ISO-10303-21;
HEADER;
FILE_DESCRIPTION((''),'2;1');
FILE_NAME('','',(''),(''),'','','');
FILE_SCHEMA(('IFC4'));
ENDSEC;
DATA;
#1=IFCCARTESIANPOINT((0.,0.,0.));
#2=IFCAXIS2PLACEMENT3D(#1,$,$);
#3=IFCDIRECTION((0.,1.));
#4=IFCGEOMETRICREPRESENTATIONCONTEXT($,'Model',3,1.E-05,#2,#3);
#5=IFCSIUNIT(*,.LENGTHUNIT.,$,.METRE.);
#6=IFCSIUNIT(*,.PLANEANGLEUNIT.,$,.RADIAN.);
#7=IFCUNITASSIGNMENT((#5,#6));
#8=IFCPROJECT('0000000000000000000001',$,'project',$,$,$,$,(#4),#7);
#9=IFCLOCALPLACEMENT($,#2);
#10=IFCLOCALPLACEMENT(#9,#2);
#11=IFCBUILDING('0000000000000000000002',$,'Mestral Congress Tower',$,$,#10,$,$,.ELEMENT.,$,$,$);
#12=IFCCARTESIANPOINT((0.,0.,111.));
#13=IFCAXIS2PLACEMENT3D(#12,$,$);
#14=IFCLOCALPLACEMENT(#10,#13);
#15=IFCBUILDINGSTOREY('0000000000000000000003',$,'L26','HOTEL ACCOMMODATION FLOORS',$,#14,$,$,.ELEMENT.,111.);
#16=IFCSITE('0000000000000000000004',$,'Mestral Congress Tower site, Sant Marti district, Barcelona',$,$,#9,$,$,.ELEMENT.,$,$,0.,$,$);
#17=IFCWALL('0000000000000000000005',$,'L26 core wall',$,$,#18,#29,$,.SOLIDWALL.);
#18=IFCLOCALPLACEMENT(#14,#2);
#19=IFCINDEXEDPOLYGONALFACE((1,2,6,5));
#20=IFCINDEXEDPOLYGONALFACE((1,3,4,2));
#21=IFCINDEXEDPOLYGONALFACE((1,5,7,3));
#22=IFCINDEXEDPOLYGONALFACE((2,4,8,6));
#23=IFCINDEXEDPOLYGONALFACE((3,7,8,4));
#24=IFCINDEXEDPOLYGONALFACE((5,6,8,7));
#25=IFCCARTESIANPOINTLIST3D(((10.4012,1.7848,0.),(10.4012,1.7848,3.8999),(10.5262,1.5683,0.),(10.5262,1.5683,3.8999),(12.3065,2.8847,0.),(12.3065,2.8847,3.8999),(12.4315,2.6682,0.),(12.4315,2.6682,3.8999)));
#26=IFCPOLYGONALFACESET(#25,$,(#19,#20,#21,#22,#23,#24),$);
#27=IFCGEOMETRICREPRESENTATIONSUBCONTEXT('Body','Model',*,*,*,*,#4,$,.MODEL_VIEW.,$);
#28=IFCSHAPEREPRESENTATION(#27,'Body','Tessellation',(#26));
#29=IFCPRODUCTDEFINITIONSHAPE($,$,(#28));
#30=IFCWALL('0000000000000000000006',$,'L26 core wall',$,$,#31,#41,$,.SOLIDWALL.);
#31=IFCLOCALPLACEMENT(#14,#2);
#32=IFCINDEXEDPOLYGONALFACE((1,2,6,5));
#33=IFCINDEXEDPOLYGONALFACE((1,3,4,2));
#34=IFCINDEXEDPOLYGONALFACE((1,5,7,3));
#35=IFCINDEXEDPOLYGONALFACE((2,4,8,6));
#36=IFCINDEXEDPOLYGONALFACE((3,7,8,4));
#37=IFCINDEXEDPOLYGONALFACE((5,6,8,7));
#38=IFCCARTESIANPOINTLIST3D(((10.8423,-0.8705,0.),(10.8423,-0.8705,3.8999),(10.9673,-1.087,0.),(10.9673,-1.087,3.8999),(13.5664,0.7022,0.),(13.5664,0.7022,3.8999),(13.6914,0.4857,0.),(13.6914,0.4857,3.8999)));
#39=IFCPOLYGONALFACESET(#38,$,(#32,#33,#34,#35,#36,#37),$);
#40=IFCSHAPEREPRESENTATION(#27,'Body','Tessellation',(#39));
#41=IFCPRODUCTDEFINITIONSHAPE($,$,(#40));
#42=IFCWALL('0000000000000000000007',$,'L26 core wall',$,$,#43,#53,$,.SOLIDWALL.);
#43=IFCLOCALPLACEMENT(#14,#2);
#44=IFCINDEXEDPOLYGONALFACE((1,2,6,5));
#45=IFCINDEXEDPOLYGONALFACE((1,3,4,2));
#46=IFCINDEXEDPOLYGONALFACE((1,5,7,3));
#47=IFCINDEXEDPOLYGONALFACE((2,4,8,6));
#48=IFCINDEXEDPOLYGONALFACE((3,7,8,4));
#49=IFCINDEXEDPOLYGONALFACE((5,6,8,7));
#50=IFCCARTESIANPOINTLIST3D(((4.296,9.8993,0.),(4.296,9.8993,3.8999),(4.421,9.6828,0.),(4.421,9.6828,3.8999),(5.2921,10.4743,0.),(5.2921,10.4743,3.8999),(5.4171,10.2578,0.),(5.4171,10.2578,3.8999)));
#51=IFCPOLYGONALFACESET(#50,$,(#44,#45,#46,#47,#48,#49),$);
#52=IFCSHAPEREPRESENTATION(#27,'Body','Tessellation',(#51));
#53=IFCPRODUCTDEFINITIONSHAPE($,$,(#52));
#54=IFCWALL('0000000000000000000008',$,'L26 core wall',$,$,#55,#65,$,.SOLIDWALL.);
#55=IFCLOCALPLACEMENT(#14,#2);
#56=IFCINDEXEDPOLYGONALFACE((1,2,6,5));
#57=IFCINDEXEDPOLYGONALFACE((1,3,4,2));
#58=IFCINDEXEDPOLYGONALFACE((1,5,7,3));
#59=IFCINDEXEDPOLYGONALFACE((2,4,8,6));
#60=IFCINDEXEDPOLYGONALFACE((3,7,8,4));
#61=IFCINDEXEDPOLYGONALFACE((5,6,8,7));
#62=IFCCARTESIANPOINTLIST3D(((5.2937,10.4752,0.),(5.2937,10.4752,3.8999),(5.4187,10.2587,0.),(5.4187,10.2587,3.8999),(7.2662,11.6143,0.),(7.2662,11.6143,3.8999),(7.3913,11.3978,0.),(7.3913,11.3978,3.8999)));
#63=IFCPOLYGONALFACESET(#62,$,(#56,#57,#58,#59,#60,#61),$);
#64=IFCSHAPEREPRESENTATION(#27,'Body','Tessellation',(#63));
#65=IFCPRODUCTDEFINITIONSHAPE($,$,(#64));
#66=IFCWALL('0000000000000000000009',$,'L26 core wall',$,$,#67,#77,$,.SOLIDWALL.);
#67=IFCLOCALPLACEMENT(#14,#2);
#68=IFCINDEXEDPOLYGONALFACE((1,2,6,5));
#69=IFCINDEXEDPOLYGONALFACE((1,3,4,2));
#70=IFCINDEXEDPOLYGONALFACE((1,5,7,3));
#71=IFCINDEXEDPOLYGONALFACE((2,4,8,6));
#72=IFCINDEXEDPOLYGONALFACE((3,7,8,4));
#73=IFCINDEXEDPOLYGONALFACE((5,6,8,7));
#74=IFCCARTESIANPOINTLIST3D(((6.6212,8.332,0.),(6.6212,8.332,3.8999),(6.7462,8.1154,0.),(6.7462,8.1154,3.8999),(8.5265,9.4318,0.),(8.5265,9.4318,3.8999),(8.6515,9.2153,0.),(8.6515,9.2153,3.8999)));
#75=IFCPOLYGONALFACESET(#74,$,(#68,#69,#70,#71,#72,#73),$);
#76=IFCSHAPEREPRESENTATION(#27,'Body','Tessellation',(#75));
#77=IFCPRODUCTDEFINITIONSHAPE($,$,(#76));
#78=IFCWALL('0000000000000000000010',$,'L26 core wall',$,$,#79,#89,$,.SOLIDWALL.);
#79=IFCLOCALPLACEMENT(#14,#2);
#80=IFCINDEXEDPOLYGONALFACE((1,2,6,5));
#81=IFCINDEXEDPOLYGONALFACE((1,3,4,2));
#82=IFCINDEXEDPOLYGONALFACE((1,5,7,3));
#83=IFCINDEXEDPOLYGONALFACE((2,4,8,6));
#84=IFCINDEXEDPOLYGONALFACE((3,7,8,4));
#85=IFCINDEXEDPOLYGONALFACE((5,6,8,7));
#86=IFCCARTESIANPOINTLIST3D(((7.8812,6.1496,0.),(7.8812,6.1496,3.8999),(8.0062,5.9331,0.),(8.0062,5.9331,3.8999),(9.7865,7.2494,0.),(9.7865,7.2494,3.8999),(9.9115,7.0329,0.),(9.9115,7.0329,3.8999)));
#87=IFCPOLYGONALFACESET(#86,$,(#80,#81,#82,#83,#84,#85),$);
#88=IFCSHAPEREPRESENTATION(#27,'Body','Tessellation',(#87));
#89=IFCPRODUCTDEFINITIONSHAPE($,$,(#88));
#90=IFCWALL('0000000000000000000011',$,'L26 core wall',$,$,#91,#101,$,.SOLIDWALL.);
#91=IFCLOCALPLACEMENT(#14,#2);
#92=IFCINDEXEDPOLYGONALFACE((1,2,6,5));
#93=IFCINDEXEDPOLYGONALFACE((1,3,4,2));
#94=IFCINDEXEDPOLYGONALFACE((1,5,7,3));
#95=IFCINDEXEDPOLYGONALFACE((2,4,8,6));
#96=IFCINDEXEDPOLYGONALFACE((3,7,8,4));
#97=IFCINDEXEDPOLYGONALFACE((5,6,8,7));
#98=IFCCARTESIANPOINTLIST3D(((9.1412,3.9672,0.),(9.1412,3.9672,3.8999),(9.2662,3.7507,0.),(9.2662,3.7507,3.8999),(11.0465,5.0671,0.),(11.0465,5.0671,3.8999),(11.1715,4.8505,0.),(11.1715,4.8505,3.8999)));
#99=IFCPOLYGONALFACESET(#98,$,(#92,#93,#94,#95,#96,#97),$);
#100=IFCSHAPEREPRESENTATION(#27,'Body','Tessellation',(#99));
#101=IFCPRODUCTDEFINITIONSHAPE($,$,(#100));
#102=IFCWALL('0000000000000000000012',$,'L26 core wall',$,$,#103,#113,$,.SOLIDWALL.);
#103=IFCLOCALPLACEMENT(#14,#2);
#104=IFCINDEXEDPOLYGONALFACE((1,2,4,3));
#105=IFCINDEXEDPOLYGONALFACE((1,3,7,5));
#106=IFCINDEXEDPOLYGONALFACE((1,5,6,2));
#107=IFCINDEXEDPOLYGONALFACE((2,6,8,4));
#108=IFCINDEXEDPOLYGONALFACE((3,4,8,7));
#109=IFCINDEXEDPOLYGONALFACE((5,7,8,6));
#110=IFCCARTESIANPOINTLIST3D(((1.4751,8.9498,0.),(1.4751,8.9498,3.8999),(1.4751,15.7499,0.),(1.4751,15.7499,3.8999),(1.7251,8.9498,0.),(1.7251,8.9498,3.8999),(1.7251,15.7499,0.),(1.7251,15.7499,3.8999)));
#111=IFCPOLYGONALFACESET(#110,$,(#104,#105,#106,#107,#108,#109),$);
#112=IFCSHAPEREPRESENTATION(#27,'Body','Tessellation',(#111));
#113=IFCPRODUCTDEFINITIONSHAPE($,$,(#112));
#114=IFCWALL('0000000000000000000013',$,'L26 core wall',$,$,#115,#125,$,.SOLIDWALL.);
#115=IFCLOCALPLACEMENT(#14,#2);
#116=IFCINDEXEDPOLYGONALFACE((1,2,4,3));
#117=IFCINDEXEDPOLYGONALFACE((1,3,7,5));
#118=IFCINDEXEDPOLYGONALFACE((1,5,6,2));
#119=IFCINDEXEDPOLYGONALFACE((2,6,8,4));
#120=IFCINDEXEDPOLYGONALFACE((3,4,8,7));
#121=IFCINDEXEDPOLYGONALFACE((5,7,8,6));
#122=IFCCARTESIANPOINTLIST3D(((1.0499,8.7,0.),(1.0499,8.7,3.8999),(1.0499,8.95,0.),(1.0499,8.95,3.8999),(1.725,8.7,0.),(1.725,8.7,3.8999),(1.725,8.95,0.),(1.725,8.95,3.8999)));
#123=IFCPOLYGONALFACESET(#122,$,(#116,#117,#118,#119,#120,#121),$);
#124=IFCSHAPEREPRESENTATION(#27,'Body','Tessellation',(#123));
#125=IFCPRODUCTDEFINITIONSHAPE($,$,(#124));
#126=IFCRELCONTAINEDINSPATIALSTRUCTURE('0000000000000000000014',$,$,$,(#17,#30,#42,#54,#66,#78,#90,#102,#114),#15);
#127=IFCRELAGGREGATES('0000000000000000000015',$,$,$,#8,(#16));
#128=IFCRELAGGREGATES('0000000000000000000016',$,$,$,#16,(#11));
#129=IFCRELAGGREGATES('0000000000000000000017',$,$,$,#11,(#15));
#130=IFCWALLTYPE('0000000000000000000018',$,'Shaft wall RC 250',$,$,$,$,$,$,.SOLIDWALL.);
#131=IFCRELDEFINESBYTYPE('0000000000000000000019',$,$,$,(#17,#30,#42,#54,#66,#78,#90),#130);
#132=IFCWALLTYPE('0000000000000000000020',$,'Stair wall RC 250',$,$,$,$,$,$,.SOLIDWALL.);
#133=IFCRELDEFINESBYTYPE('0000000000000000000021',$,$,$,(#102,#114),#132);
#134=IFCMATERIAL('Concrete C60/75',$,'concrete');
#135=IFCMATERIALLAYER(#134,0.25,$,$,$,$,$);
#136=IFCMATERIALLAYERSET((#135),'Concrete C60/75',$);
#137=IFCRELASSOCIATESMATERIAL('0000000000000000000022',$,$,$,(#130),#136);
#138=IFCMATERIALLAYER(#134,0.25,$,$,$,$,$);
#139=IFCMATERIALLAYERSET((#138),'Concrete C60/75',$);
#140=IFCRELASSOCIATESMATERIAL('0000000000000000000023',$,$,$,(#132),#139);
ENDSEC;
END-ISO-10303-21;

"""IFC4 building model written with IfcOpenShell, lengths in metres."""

from ifc_helpers import new_model, si_unit, direction, frame, frame_2d, origin, place, context, subcontext, project, spatial, rectangle, extrude, material, layer, layer_set, type_object, element, save


model = new_model("IFC4")

# Units and contexts
model_context = context("Model", 3, precision=1e-05, world=origin(), true_north=direction((0.0, 1.0)))
body_context = subcontext(model_context, "Body", "Model", "MODEL_VIEW")
ifc_project = project(units=[si_unit("LENGTHUNIT", "METRE"), si_unit("PLANEANGLEUNIT", "RADIAN")], contexts=[model_context])

# Site, building, storey
site_placement = place(None, origin())
site = spatial("IfcSite", under=ifc_project, at=site_placement, Name="Mestral Congress Tower site, Sant Marti district, Barcelona", CompositionType="ELEMENT", RefElevation=0.0)
building_placement = place(site_placement, origin())
building = spatial("IfcBuilding", under=site, at=building_placement, Name="Mestral Congress Tower", CompositionType="ELEMENT")
storey_placement = place(building_placement, frame((0.0, 0.0, 111.0)))
storey = spatial("IfcBuildingStorey", under=building, at=storey_placement, Name="L26", Description="HOTEL ACCOMMODATION FLOORS", CompositionType="ELEMENT", Elevation=111.0)

# Walls
ifc_material_1 = material(Name="Concrete C60/75", Category="concrete")
ifc_layer_1 = layer(ifc_material_1, 0.25)
ifc_layer_set_1 = layer_set([ifc_layer_1], Name="Concrete C60/75")
wall_type_1 = type_object("IfcWallType", Name="Shaft wall RC 250", PredefinedType="SOLIDWALL", material=ifc_layer_set_1)
wall_1_placement = place(storey_placement, frame((10.4636, 1.6765, 0.0), z_axis=(0.0, 0.0, 1.0), x_axis=(0.866056, 0.499947, 0.0)))
element("IfcWall", 1, at=wall_1_placement, inside=storey, type_object=wall_type_1, Name="L26 core wall", PredefinedType="SOLIDWALL", context=body_context, shape_type="SweptSolid", body=[
    extrude(rectangle(XDim=2.2, YDim=0.25, at=frame_2d((1.1001, 0.0))), origin(), (0.0, 0.0, 1.0), 3.8999),
])
wall_2_placement = place(storey_placement, frame((13.6289, 0.594, 0.0), z_axis=(0.0, 0.0, 1.0), x_axis=(-0.866028, -0.499996, 0.0)))
element("IfcWall", 2, at=wall_2_placement, inside=storey, type_object=wall_type_1, Name="L26 core wall", PredefinedType="SOLIDWALL", context=body_context, shape_type="SweptSolid", body=[
    extrude(rectangle(XDim=3.1455, YDim=0.25, at=frame_2d((1.5728, 0.0))), origin(), (0.0, 0.0, 1.0), 3.8999),
])
wall_3_placement = place(storey_placement, frame((4.3584, 9.791, 0.0), z_axis=(0.0, 0.0, 1.0), x_axis=(0.86608, 0.499906, 0.0)))
element("IfcWall", 3, at=wall_3_placement, inside=storey, type_object=wall_type_1, Name="L26 core wall", PredefinedType="SOLIDWALL", context=body_context, shape_type="SweptSolid", body=[
    extrude(rectangle(XDim=1.1501, YDim=0.25, at=frame_2d((0.5752, 0.0))), origin(), (0.0, 0.0, 1.0), 3.8999),
])
wall_4_placement = place(storey_placement, frame((5.3562, 10.3669, 0.0), z_axis=(0.0, 0.0, 1.0), x_axis=(0.865979, 0.500081, 0.0)))
element("IfcWall", 4, at=wall_4_placement, inside=storey, type_object=wall_type_1, Name="L26 core wall", PredefinedType="SOLIDWALL", context=body_context, shape_type="SweptSolid", body=[
    extrude(rectangle(XDim=2.2778, YDim=0.25, at=frame_2d((1.1389, 0.0))), origin(), (0.0, 0.0, 1.0), 3.8999),
])
for number, where, z_axis, x_axis, name in (
    (5, (6.6836, 8.2236, 0.0), (0.0, 0.0, 1.0), (0.866056, 0.499947, 0.0), "L26 core wall"),
    (6, (7.9436, 6.0413, 0.0), (0.0, 0.0, 1.0), (0.866056, 0.499947, 0.0), "L26 core wall"),
    (7, (9.2036, 3.8589, 0.0), (0.0, 0.0, 1.0), (0.866056, 0.499947, 0.0), "L26 core wall"),
):
    element("IfcWall", number, at=place(storey_placement, frame(where, z_axis=z_axis, x_axis=x_axis)), inside=storey, type_object=wall_type_1, Name=name, PredefinedType="SOLIDWALL", context=body_context, shape_type="SweptSolid", body=[
        extrude(rectangle(XDim=2.2, YDim=0.25, at=frame_2d((1.1001, 0.0))), origin(), (0.0, 0.0, 1.0), 3.8999),
    ])
ifc_layer_2 = layer(ifc_material_1, 0.25)
ifc_layer_set_2 = layer_set([ifc_layer_2], Name="Concrete C60/75")
wall_type_2 = type_object("IfcWallType", Name="Stair wall RC 250", PredefinedType="SOLIDWALL", material=ifc_layer_set_2)
wall_5_placement = place(storey_placement, frame((1.6001, 8.95, 0.0), z_axis=(0.0, 0.0, 1.0), x_axis=(0.0, 1.0, 0.0)))
element("IfcWall", 8, at=wall_5_placement, inside=storey, type_object=wall_type_2, Name="L26 core wall", PredefinedType="SOLIDWALL", context=body_context, shape_type="SweptSolid", body=[
    extrude(rectangle(XDim=6.8, YDim=0.25, at=frame_2d((3.3999, 0.0))), origin(), (0.0, 0.0, 1.0), 3.8999),
])
wall_6_placement = place(storey_placement, frame((1.05, 8.825, 0.0), z_axis=(0.0, 0.0, 1.0), x_axis=(1.0, 0.0, 0.0)))
element("IfcWall", 9, at=wall_6_placement, inside=storey, type_object=wall_type_2, Name="L26 core wall", PredefinedType="SOLIDWALL", context=body_context, shape_type="SweptSolid", body=[
    extrude(rectangle(XDim=0.675, YDim=0.25, at=frame_2d((0.3374, 0.0))), origin(), (0.0, 0.0, 1.0), 3.8999),
])

save(model, "model.ifc")
